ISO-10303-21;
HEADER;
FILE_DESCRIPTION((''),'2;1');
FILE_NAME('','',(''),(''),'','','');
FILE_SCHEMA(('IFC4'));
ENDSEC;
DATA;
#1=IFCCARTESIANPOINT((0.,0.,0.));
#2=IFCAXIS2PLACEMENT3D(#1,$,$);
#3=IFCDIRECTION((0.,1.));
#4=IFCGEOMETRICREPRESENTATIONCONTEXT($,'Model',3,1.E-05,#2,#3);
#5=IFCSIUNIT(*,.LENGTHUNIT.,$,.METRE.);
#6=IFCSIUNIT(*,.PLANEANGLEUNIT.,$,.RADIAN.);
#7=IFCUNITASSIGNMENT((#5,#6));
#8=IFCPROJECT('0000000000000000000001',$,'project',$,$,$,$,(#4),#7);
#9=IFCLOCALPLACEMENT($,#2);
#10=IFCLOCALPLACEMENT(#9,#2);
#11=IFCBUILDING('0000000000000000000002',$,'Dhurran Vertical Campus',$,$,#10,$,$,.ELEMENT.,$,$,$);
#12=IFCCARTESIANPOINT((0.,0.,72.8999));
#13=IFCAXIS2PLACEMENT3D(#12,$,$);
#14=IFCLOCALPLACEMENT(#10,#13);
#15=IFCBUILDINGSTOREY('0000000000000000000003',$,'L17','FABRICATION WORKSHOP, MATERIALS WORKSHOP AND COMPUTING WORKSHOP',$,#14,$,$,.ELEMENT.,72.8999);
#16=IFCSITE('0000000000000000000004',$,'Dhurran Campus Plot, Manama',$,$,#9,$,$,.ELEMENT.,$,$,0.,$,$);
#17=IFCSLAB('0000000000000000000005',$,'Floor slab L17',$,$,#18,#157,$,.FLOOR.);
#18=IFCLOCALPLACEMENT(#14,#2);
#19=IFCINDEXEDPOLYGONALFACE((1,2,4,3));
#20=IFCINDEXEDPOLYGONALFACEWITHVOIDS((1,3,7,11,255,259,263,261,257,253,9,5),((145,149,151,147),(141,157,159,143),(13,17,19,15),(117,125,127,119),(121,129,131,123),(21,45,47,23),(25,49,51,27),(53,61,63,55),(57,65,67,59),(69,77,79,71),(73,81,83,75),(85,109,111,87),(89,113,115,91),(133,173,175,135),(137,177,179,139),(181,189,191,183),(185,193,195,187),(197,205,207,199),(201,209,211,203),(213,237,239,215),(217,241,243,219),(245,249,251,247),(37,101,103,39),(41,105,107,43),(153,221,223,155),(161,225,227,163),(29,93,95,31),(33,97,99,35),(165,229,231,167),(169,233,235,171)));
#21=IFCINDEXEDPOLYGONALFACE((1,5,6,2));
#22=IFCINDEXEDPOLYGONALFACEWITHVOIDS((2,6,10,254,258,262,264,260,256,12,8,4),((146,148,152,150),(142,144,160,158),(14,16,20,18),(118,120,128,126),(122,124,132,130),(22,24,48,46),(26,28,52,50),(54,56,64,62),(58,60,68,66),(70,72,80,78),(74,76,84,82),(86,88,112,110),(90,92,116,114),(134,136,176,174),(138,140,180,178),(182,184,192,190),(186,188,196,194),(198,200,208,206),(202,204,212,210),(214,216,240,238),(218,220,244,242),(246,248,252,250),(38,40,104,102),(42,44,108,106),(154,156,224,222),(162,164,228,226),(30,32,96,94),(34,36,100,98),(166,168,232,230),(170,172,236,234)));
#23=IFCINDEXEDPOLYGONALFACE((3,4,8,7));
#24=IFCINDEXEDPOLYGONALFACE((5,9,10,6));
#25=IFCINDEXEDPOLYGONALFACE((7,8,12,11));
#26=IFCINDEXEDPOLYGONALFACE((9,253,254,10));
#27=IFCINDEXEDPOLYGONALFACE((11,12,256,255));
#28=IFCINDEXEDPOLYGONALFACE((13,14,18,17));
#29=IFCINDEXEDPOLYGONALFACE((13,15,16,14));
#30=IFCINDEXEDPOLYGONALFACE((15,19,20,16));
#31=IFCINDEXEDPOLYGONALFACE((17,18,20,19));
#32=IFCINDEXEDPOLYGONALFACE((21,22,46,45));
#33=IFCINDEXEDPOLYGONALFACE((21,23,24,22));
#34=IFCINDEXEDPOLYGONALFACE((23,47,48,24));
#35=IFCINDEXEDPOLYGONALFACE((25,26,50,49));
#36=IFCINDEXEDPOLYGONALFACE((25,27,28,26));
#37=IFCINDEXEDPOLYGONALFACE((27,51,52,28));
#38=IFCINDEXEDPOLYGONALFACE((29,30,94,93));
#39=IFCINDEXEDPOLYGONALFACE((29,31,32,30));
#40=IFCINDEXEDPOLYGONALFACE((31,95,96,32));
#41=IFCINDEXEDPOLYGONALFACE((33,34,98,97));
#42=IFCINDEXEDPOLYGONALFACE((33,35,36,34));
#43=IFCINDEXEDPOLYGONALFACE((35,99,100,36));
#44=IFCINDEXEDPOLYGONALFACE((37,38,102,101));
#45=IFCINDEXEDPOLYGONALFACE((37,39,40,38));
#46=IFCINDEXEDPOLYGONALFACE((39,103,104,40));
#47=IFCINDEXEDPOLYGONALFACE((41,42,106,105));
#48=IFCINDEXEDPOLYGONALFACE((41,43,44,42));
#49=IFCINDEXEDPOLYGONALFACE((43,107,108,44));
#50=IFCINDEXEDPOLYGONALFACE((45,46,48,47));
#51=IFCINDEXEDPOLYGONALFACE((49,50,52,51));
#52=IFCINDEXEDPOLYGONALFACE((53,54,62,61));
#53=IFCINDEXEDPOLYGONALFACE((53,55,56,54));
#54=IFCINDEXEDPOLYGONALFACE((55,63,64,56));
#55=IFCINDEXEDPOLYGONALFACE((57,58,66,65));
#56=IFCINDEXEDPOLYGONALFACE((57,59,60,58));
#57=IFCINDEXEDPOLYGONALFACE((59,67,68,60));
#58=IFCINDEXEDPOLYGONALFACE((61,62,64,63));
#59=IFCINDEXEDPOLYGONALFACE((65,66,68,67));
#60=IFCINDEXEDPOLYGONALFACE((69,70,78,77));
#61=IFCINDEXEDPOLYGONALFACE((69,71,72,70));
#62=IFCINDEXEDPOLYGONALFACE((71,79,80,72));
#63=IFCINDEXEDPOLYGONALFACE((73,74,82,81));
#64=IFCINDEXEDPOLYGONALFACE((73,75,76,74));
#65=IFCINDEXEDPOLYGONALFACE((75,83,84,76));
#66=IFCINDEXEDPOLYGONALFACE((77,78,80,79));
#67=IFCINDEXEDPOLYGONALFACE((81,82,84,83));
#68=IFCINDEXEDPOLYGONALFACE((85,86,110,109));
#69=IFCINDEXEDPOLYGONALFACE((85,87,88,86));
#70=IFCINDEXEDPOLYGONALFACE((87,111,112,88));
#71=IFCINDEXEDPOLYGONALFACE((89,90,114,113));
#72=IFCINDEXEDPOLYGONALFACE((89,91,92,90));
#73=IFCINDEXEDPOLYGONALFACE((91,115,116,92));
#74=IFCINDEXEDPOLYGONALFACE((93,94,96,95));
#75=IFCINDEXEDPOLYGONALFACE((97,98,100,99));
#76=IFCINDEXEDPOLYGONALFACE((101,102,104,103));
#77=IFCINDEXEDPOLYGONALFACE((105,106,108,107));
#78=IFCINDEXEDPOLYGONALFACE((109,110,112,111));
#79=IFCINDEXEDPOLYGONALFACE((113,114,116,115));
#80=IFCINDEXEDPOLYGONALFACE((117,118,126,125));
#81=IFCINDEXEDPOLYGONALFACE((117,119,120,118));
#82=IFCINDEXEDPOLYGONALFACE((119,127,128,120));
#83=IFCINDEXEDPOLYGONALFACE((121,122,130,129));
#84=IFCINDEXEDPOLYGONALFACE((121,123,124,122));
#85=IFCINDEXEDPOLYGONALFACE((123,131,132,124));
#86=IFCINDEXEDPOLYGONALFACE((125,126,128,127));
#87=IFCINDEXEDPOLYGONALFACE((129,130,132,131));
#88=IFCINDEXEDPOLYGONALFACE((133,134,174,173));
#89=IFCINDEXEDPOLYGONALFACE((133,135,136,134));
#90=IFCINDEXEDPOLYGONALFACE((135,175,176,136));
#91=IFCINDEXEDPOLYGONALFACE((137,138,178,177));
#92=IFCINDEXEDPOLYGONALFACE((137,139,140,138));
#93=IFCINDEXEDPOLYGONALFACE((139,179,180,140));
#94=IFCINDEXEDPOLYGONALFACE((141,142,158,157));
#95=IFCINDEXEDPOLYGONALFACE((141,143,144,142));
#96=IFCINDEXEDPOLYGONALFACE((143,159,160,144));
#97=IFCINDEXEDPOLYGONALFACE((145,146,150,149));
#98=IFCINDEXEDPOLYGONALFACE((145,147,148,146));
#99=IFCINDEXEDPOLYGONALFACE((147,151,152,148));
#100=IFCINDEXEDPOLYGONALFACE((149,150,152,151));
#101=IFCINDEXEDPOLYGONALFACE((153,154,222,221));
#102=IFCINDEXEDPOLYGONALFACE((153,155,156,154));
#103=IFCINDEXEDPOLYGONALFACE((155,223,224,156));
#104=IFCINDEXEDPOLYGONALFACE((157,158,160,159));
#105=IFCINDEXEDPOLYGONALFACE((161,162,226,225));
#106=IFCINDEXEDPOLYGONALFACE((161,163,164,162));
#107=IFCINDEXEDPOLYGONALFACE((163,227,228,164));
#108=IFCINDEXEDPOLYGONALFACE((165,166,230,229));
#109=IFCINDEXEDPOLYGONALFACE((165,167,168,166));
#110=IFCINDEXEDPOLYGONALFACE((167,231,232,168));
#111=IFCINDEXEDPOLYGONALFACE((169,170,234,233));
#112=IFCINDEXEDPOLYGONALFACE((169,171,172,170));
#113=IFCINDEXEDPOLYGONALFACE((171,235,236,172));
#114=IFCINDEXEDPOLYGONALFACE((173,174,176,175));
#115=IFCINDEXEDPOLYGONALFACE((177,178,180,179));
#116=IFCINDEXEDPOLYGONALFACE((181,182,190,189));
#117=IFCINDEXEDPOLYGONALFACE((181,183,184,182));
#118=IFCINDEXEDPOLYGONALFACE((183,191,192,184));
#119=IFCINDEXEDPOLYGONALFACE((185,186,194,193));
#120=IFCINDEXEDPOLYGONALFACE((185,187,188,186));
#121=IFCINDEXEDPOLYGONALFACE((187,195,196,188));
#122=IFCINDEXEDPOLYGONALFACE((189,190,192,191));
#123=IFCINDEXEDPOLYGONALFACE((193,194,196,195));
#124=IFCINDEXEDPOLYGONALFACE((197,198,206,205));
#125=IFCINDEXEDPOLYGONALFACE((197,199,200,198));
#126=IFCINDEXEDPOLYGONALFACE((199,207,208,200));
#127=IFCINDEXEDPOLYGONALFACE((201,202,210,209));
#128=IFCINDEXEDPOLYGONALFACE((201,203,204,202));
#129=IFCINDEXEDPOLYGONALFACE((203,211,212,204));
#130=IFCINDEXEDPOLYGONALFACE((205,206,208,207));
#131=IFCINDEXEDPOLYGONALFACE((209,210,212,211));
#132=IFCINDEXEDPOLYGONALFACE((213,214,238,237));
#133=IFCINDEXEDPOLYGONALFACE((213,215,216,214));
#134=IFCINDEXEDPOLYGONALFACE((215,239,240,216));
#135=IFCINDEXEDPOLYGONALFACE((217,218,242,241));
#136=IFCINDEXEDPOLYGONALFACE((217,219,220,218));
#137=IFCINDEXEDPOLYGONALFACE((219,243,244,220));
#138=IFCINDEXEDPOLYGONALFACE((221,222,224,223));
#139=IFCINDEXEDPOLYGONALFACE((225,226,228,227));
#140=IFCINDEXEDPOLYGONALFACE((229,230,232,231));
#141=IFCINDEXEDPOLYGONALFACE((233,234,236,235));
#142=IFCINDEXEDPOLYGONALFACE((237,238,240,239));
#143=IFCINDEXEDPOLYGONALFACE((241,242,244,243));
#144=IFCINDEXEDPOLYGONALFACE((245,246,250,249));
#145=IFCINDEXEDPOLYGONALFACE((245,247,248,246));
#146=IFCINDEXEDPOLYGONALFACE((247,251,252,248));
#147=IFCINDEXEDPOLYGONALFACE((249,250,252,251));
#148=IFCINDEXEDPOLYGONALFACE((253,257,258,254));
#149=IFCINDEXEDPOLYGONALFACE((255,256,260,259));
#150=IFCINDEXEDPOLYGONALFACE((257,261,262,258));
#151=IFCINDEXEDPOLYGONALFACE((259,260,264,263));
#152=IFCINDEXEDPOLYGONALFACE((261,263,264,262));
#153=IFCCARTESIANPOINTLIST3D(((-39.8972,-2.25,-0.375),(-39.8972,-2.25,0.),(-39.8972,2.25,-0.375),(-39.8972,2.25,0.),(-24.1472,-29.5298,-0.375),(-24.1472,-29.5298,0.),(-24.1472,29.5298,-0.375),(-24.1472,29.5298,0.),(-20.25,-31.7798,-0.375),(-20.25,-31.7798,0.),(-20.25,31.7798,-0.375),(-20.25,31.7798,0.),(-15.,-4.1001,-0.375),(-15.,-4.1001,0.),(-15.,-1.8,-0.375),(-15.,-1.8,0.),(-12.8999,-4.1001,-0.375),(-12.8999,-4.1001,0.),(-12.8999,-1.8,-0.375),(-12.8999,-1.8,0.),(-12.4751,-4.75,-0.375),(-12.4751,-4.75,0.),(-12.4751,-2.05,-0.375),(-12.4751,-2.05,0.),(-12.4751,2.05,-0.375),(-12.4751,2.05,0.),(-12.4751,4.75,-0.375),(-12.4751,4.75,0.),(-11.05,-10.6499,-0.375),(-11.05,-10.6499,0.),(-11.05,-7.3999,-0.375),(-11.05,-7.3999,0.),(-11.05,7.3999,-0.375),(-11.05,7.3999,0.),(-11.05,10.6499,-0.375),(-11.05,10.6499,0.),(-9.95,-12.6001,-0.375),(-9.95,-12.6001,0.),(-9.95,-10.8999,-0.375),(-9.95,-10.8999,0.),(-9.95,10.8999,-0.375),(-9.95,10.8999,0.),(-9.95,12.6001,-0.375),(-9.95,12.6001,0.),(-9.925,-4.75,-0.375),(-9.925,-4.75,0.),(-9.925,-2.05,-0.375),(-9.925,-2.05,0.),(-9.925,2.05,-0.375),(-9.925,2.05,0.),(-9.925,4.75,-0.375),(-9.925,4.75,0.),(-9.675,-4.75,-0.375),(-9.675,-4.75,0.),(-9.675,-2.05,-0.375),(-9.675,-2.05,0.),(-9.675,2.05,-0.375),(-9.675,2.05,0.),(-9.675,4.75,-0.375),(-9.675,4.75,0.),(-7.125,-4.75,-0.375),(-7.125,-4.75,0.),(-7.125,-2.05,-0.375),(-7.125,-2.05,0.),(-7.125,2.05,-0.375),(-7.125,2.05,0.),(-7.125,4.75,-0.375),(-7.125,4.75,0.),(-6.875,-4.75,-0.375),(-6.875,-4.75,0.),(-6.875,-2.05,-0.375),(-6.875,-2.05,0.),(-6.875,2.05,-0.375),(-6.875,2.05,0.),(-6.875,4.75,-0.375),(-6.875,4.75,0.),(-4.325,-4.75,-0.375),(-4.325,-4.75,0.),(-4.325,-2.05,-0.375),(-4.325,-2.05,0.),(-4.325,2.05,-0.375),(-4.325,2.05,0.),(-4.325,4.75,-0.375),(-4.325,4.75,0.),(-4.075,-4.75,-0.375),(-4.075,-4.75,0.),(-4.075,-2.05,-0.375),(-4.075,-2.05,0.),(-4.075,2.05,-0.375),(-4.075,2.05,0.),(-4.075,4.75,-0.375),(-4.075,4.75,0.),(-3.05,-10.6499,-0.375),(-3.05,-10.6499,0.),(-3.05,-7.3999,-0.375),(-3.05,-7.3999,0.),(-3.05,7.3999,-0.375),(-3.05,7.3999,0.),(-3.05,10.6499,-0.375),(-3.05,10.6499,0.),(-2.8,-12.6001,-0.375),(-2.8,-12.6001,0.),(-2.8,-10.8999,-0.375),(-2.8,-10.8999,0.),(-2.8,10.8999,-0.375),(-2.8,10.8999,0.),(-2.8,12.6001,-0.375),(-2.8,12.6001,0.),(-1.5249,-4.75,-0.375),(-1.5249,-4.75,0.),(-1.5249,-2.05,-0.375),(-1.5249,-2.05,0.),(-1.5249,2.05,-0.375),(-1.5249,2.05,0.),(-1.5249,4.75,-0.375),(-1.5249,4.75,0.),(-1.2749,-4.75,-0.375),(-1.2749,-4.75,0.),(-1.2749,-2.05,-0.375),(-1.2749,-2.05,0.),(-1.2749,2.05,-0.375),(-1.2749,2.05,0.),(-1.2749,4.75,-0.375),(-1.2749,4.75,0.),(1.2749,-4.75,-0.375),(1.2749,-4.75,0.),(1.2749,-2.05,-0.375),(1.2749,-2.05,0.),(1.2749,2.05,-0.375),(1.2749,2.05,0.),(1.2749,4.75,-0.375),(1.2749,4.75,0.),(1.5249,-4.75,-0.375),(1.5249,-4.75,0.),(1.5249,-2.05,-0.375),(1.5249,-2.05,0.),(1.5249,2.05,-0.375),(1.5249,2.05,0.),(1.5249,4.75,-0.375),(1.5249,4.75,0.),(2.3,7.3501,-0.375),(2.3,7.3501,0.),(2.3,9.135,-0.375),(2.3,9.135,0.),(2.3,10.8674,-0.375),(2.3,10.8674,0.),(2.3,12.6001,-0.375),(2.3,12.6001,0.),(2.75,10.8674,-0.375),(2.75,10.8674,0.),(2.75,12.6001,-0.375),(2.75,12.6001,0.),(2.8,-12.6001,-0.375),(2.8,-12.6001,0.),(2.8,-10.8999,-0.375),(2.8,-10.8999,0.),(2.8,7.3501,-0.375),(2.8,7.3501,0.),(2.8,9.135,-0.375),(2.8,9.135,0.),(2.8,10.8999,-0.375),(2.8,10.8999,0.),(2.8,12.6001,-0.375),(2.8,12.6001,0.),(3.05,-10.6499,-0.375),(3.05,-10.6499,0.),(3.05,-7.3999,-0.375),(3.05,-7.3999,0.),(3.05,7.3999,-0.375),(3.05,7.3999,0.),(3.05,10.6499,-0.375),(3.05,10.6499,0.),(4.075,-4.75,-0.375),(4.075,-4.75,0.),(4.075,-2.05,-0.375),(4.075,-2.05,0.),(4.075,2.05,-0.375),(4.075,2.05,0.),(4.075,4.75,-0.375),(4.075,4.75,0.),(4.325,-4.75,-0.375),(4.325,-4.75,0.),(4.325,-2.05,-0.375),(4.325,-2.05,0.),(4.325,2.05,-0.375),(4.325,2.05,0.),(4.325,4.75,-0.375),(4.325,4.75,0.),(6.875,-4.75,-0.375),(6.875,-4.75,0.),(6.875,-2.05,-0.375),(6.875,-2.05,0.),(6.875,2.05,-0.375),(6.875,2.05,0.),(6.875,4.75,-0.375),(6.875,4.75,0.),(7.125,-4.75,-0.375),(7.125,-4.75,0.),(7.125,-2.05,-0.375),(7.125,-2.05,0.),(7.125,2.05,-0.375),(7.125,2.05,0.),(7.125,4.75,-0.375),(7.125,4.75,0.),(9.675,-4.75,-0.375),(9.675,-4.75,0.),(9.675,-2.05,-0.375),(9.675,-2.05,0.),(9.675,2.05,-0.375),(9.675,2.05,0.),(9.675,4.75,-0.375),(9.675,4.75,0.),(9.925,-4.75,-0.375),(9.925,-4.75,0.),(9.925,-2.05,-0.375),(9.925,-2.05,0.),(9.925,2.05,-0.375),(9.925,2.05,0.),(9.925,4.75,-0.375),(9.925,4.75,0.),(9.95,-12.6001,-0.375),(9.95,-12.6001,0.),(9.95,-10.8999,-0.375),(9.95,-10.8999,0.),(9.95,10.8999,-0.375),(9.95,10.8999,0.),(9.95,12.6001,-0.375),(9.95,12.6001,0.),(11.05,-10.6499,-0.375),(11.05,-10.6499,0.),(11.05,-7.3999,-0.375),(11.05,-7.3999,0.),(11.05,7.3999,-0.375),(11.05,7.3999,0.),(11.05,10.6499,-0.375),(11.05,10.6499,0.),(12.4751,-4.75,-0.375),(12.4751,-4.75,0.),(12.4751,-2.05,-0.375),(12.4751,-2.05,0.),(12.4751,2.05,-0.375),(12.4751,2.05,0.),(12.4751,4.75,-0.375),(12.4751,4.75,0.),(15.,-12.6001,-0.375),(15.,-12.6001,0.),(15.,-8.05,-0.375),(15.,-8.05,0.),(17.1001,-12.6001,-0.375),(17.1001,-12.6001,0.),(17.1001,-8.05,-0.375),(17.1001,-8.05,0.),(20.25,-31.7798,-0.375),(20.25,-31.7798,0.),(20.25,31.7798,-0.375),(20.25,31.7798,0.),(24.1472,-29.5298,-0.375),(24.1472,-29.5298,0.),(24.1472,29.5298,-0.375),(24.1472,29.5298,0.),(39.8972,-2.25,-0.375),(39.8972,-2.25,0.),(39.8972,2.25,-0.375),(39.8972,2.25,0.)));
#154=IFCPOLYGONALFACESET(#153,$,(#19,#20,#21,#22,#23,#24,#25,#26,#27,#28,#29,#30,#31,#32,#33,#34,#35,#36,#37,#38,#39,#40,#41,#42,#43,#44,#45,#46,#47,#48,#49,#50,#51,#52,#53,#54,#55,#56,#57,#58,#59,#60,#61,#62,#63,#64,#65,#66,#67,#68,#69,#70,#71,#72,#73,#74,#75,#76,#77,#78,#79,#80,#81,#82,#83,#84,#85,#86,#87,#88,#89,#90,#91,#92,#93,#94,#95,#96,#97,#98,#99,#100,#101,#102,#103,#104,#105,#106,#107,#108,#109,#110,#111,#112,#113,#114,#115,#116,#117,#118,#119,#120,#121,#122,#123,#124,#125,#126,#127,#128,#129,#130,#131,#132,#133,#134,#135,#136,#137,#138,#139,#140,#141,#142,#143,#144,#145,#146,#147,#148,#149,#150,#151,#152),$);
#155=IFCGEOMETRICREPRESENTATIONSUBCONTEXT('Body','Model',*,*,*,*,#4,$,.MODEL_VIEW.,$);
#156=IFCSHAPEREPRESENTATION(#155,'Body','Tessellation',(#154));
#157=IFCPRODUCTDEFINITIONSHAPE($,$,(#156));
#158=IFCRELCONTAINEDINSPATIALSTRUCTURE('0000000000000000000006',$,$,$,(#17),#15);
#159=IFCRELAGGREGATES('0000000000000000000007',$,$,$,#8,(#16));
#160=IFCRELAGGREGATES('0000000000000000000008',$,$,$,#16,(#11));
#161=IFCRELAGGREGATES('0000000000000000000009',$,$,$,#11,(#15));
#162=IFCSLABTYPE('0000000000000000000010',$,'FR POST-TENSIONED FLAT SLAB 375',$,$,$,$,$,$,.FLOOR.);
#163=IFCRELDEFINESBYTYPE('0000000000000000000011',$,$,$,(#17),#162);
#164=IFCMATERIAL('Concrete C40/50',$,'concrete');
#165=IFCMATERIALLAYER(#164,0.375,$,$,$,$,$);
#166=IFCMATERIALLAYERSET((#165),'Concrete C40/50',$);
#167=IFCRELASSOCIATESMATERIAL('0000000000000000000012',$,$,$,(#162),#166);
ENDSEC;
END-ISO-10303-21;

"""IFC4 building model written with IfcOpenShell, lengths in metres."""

from ifc_helpers import new_model, si_unit, direction, frame, origin, place, context, subcontext, project, spatial, polyline, outline, extrude, material, layer, layer_set, type_object, element, save


model = new_model("IFC4")

# Units and contexts
model_context = context("Model", 3, precision=1e-05, world=origin(), true_north=direction((0.0, 1.0)))
body_context = subcontext(model_context, "Body", "Model", "MODEL_VIEW")
ifc_project = project(units=[si_unit("LENGTHUNIT", "METRE"), si_unit("PLANEANGLEUNIT", "RADIAN")], contexts=[model_context])

# Site, building, storey
site_placement = place(None, origin())
site = spatial("IfcSite", under=ifc_project, at=site_placement, Name="Dhurran Campus Plot, Manama", CompositionType="ELEMENT", RefElevation=0.0)
building_placement = place(site_placement, origin())
building = spatial("IfcBuilding", under=site, at=building_placement, Name="Dhurran Vertical Campus", CompositionType="ELEMENT")
storey_placement = place(building_placement, frame((0.0, 0.0, 72.8999)))
storey = spatial("IfcBuildingStorey", under=building, at=storey_placement, Name="L17", Description="FABRICATION WORKSHOP, MATERIALS WORKSHOP AND COMPUTING WORKSHOP", CompositionType="ELEMENT", Elevation=72.8999)

# Slab
ifc_material_1 = material(Name="Concrete C40/50", Category="concrete")
ifc_layer_1 = layer(ifc_material_1, 0.375)
ifc_layer_set_1 = layer_set([ifc_layer_1], Name="Concrete C40/50")
slab_type = type_object("IfcSlabType", Name="FR POST-TENSIONED FLAT SLAB 375", PredefinedType="FLOOR", material=ifc_layer_set_1)
slab_placement = place(storey_placement, frame((0.0, 0.0, -0.375)))
element("IfcSlab", 1, at=slab_placement, inside=storey, type_object=slab_type, Name="Floor slab L17", PredefinedType="FLOOR", context=body_context, shape_type="SweptSolid", body=[
    extrude(outline(polyline([(-20.25, -31.7798), (20.25, -31.7798), (24.1472, -29.5298), (39.8972, -2.25), (39.8972, 2.25), (24.1472, 29.5298), (20.25, 31.7798), (-20.25, 31.7798), (-24.1472, 29.5298), (-39.8972, 2.25), (-39.8972, -2.25), (-24.1472, -29.5298), (-20.25, -31.7798)]), holes=[polyline([(-12.4751, 2.05), (-9.925, 2.05), (-9.925, 4.75), (-12.4751, 4.75), (-12.4751, 2.05)]), polyline([(-9.675, 2.05), (-7.125, 2.05), (-7.125, 4.75), (-9.675, 4.75), (-9.675, 2.05)]), polyline([(-6.875, 2.05), (-4.325, 2.05), (-4.325, 4.75), (-6.875, 4.75), (-6.875, 2.05)]), polyline([(-1.2749, 2.05), (1.2749, 2.05), (1.2749, 4.75), (-1.2749, 4.75), (-1.2749, 2.05)]), polyline([(9.925, 2.05), (12.4751, 2.05), (12.4751, 4.75), (9.925, 4.75), (9.925, 2.05)]), polyline([(-1.2749, -4.75), (1.2749, -4.75), (1.2749, -2.05), (-1.2749, -2.05), (-1.2749, -4.75)]), polyline([(1.5249, -4.75), (4.075, -4.75), (4.075, -2.05), (1.5249, -2.05), (1.5249, -4.75)]), polyline([(4.325, -4.75), (6.875, -4.75), (6.875, -2.05), (4.325, -2.05), (4.325, -4.75)]), polyline([(7.125, -4.75), (9.675, -4.75), (9.675, -2.05), (7.125, -2.05), (7.125, -4.75)]), polyline([(9.925, -4.75), (12.4751, -4.75), (12.4751, -2.05), (9.925, -2.05), (9.925, -4.75)]), polyline([(-4.075, 2.05), (-1.5249, 2.05), (-1.5249, 4.75), (-4.075, 4.75), (-4.075, 2.05)]), polyline([(1.5249, 2.05), (4.075, 2.05), (4.075, 4.75), (1.5249, 4.75), (1.5249, 2.05)]), polyline([(4.325, 2.05), (6.875, 2.05), (6.875, 4.75), (4.325, 4.75), (4.325, 2.05)]), polyline([(7.125, 2.05), (9.675, 2.05), (9.675, 4.75), (7.125, 4.75), (7.125, 2.05)]), polyline([(-12.4751, -4.75), (-9.925, -4.75), (-9.925, -2.05), (-12.4751, -2.05), (-12.4751, -4.75)]), polyline([(-9.675, -4.75), (-7.125, -4.75), (-7.125, -2.05), (-9.675, -2.05), (-9.675, -4.75)]), polyline([(-6.875, -4.75), (-4.325, -4.75), (-4.325, -2.05), (-6.875, -2.05), (-6.875, -4.75)]), polyline([(-4.075, -4.75), (-1.5249, -4.75), (-1.5249, -2.05), (-4.075, -2.05), (-4.075, -4.75)]), polyline([(-11.05, 7.3999), (-3.05, 7.3999), (-3.05, 10.6499), (-11.05, 10.6499), (-11.05, 7.3999)]), polyline([(3.05, 7.3999), (11.05, 7.3999), (11.05, 10.6499), (3.05, 10.6499), (3.05, 7.3999)]), polyline([(-11.05, -10.6499), (-3.05, -10.6499), (-3.05, -7.3999), (-11.05, -7.3999), (-11.05, -10.6499)]), polyline([(3.05, -10.6499), (11.05, -10.6499), (11.05, -7.3999), (3.05, -7.3999), (3.05, -10.6499)]), polyline([(-9.95, 10.8999), (-9.95, 12.6001), (-2.8, 12.6001), (-2.8, 10.8999), (-9.95, 10.8999)]), polyline([(9.95, 12.6001), (9.95, 10.8999), (2.8, 10.8999), (2.8, 12.6001), (9.95, 12.6001)]), polyline([(-9.95, -12.6001), (-9.95, -10.8999), (-2.8, -10.8999), (-2.8, -12.6001), (-9.95, -12.6001)]), polyline([(9.95, -10.8999), (9.95, -12.6001), (2.8, -12.6001), (2.8, -10.8999), (9.95, -10.8999)]), polyline([(-12.8999, -4.1001), (-15.0, -4.1001), (-15.0, -1.8), (-12.8999, -1.8), (-12.8999, -4.1001)]), polyline([(2.3, 10.8674), (2.3, 12.6001), (2.75, 12.6001), (2.75, 10.8674), (2.3, 10.8674)]), polyline([(15.0, -8.05), (17.1001, -8.05), (17.1001, -12.6001), (15.0, -12.6001), (15.0, -8.05)]), polyline([(2.3, 7.3501), (2.3, 9.135), (2.8, 9.135), (2.8, 7.3501), (2.3, 7.3501)])]), origin(), (0.0, 0.0, 1.0), 0.375),
])

save(model, "model.ifc")
